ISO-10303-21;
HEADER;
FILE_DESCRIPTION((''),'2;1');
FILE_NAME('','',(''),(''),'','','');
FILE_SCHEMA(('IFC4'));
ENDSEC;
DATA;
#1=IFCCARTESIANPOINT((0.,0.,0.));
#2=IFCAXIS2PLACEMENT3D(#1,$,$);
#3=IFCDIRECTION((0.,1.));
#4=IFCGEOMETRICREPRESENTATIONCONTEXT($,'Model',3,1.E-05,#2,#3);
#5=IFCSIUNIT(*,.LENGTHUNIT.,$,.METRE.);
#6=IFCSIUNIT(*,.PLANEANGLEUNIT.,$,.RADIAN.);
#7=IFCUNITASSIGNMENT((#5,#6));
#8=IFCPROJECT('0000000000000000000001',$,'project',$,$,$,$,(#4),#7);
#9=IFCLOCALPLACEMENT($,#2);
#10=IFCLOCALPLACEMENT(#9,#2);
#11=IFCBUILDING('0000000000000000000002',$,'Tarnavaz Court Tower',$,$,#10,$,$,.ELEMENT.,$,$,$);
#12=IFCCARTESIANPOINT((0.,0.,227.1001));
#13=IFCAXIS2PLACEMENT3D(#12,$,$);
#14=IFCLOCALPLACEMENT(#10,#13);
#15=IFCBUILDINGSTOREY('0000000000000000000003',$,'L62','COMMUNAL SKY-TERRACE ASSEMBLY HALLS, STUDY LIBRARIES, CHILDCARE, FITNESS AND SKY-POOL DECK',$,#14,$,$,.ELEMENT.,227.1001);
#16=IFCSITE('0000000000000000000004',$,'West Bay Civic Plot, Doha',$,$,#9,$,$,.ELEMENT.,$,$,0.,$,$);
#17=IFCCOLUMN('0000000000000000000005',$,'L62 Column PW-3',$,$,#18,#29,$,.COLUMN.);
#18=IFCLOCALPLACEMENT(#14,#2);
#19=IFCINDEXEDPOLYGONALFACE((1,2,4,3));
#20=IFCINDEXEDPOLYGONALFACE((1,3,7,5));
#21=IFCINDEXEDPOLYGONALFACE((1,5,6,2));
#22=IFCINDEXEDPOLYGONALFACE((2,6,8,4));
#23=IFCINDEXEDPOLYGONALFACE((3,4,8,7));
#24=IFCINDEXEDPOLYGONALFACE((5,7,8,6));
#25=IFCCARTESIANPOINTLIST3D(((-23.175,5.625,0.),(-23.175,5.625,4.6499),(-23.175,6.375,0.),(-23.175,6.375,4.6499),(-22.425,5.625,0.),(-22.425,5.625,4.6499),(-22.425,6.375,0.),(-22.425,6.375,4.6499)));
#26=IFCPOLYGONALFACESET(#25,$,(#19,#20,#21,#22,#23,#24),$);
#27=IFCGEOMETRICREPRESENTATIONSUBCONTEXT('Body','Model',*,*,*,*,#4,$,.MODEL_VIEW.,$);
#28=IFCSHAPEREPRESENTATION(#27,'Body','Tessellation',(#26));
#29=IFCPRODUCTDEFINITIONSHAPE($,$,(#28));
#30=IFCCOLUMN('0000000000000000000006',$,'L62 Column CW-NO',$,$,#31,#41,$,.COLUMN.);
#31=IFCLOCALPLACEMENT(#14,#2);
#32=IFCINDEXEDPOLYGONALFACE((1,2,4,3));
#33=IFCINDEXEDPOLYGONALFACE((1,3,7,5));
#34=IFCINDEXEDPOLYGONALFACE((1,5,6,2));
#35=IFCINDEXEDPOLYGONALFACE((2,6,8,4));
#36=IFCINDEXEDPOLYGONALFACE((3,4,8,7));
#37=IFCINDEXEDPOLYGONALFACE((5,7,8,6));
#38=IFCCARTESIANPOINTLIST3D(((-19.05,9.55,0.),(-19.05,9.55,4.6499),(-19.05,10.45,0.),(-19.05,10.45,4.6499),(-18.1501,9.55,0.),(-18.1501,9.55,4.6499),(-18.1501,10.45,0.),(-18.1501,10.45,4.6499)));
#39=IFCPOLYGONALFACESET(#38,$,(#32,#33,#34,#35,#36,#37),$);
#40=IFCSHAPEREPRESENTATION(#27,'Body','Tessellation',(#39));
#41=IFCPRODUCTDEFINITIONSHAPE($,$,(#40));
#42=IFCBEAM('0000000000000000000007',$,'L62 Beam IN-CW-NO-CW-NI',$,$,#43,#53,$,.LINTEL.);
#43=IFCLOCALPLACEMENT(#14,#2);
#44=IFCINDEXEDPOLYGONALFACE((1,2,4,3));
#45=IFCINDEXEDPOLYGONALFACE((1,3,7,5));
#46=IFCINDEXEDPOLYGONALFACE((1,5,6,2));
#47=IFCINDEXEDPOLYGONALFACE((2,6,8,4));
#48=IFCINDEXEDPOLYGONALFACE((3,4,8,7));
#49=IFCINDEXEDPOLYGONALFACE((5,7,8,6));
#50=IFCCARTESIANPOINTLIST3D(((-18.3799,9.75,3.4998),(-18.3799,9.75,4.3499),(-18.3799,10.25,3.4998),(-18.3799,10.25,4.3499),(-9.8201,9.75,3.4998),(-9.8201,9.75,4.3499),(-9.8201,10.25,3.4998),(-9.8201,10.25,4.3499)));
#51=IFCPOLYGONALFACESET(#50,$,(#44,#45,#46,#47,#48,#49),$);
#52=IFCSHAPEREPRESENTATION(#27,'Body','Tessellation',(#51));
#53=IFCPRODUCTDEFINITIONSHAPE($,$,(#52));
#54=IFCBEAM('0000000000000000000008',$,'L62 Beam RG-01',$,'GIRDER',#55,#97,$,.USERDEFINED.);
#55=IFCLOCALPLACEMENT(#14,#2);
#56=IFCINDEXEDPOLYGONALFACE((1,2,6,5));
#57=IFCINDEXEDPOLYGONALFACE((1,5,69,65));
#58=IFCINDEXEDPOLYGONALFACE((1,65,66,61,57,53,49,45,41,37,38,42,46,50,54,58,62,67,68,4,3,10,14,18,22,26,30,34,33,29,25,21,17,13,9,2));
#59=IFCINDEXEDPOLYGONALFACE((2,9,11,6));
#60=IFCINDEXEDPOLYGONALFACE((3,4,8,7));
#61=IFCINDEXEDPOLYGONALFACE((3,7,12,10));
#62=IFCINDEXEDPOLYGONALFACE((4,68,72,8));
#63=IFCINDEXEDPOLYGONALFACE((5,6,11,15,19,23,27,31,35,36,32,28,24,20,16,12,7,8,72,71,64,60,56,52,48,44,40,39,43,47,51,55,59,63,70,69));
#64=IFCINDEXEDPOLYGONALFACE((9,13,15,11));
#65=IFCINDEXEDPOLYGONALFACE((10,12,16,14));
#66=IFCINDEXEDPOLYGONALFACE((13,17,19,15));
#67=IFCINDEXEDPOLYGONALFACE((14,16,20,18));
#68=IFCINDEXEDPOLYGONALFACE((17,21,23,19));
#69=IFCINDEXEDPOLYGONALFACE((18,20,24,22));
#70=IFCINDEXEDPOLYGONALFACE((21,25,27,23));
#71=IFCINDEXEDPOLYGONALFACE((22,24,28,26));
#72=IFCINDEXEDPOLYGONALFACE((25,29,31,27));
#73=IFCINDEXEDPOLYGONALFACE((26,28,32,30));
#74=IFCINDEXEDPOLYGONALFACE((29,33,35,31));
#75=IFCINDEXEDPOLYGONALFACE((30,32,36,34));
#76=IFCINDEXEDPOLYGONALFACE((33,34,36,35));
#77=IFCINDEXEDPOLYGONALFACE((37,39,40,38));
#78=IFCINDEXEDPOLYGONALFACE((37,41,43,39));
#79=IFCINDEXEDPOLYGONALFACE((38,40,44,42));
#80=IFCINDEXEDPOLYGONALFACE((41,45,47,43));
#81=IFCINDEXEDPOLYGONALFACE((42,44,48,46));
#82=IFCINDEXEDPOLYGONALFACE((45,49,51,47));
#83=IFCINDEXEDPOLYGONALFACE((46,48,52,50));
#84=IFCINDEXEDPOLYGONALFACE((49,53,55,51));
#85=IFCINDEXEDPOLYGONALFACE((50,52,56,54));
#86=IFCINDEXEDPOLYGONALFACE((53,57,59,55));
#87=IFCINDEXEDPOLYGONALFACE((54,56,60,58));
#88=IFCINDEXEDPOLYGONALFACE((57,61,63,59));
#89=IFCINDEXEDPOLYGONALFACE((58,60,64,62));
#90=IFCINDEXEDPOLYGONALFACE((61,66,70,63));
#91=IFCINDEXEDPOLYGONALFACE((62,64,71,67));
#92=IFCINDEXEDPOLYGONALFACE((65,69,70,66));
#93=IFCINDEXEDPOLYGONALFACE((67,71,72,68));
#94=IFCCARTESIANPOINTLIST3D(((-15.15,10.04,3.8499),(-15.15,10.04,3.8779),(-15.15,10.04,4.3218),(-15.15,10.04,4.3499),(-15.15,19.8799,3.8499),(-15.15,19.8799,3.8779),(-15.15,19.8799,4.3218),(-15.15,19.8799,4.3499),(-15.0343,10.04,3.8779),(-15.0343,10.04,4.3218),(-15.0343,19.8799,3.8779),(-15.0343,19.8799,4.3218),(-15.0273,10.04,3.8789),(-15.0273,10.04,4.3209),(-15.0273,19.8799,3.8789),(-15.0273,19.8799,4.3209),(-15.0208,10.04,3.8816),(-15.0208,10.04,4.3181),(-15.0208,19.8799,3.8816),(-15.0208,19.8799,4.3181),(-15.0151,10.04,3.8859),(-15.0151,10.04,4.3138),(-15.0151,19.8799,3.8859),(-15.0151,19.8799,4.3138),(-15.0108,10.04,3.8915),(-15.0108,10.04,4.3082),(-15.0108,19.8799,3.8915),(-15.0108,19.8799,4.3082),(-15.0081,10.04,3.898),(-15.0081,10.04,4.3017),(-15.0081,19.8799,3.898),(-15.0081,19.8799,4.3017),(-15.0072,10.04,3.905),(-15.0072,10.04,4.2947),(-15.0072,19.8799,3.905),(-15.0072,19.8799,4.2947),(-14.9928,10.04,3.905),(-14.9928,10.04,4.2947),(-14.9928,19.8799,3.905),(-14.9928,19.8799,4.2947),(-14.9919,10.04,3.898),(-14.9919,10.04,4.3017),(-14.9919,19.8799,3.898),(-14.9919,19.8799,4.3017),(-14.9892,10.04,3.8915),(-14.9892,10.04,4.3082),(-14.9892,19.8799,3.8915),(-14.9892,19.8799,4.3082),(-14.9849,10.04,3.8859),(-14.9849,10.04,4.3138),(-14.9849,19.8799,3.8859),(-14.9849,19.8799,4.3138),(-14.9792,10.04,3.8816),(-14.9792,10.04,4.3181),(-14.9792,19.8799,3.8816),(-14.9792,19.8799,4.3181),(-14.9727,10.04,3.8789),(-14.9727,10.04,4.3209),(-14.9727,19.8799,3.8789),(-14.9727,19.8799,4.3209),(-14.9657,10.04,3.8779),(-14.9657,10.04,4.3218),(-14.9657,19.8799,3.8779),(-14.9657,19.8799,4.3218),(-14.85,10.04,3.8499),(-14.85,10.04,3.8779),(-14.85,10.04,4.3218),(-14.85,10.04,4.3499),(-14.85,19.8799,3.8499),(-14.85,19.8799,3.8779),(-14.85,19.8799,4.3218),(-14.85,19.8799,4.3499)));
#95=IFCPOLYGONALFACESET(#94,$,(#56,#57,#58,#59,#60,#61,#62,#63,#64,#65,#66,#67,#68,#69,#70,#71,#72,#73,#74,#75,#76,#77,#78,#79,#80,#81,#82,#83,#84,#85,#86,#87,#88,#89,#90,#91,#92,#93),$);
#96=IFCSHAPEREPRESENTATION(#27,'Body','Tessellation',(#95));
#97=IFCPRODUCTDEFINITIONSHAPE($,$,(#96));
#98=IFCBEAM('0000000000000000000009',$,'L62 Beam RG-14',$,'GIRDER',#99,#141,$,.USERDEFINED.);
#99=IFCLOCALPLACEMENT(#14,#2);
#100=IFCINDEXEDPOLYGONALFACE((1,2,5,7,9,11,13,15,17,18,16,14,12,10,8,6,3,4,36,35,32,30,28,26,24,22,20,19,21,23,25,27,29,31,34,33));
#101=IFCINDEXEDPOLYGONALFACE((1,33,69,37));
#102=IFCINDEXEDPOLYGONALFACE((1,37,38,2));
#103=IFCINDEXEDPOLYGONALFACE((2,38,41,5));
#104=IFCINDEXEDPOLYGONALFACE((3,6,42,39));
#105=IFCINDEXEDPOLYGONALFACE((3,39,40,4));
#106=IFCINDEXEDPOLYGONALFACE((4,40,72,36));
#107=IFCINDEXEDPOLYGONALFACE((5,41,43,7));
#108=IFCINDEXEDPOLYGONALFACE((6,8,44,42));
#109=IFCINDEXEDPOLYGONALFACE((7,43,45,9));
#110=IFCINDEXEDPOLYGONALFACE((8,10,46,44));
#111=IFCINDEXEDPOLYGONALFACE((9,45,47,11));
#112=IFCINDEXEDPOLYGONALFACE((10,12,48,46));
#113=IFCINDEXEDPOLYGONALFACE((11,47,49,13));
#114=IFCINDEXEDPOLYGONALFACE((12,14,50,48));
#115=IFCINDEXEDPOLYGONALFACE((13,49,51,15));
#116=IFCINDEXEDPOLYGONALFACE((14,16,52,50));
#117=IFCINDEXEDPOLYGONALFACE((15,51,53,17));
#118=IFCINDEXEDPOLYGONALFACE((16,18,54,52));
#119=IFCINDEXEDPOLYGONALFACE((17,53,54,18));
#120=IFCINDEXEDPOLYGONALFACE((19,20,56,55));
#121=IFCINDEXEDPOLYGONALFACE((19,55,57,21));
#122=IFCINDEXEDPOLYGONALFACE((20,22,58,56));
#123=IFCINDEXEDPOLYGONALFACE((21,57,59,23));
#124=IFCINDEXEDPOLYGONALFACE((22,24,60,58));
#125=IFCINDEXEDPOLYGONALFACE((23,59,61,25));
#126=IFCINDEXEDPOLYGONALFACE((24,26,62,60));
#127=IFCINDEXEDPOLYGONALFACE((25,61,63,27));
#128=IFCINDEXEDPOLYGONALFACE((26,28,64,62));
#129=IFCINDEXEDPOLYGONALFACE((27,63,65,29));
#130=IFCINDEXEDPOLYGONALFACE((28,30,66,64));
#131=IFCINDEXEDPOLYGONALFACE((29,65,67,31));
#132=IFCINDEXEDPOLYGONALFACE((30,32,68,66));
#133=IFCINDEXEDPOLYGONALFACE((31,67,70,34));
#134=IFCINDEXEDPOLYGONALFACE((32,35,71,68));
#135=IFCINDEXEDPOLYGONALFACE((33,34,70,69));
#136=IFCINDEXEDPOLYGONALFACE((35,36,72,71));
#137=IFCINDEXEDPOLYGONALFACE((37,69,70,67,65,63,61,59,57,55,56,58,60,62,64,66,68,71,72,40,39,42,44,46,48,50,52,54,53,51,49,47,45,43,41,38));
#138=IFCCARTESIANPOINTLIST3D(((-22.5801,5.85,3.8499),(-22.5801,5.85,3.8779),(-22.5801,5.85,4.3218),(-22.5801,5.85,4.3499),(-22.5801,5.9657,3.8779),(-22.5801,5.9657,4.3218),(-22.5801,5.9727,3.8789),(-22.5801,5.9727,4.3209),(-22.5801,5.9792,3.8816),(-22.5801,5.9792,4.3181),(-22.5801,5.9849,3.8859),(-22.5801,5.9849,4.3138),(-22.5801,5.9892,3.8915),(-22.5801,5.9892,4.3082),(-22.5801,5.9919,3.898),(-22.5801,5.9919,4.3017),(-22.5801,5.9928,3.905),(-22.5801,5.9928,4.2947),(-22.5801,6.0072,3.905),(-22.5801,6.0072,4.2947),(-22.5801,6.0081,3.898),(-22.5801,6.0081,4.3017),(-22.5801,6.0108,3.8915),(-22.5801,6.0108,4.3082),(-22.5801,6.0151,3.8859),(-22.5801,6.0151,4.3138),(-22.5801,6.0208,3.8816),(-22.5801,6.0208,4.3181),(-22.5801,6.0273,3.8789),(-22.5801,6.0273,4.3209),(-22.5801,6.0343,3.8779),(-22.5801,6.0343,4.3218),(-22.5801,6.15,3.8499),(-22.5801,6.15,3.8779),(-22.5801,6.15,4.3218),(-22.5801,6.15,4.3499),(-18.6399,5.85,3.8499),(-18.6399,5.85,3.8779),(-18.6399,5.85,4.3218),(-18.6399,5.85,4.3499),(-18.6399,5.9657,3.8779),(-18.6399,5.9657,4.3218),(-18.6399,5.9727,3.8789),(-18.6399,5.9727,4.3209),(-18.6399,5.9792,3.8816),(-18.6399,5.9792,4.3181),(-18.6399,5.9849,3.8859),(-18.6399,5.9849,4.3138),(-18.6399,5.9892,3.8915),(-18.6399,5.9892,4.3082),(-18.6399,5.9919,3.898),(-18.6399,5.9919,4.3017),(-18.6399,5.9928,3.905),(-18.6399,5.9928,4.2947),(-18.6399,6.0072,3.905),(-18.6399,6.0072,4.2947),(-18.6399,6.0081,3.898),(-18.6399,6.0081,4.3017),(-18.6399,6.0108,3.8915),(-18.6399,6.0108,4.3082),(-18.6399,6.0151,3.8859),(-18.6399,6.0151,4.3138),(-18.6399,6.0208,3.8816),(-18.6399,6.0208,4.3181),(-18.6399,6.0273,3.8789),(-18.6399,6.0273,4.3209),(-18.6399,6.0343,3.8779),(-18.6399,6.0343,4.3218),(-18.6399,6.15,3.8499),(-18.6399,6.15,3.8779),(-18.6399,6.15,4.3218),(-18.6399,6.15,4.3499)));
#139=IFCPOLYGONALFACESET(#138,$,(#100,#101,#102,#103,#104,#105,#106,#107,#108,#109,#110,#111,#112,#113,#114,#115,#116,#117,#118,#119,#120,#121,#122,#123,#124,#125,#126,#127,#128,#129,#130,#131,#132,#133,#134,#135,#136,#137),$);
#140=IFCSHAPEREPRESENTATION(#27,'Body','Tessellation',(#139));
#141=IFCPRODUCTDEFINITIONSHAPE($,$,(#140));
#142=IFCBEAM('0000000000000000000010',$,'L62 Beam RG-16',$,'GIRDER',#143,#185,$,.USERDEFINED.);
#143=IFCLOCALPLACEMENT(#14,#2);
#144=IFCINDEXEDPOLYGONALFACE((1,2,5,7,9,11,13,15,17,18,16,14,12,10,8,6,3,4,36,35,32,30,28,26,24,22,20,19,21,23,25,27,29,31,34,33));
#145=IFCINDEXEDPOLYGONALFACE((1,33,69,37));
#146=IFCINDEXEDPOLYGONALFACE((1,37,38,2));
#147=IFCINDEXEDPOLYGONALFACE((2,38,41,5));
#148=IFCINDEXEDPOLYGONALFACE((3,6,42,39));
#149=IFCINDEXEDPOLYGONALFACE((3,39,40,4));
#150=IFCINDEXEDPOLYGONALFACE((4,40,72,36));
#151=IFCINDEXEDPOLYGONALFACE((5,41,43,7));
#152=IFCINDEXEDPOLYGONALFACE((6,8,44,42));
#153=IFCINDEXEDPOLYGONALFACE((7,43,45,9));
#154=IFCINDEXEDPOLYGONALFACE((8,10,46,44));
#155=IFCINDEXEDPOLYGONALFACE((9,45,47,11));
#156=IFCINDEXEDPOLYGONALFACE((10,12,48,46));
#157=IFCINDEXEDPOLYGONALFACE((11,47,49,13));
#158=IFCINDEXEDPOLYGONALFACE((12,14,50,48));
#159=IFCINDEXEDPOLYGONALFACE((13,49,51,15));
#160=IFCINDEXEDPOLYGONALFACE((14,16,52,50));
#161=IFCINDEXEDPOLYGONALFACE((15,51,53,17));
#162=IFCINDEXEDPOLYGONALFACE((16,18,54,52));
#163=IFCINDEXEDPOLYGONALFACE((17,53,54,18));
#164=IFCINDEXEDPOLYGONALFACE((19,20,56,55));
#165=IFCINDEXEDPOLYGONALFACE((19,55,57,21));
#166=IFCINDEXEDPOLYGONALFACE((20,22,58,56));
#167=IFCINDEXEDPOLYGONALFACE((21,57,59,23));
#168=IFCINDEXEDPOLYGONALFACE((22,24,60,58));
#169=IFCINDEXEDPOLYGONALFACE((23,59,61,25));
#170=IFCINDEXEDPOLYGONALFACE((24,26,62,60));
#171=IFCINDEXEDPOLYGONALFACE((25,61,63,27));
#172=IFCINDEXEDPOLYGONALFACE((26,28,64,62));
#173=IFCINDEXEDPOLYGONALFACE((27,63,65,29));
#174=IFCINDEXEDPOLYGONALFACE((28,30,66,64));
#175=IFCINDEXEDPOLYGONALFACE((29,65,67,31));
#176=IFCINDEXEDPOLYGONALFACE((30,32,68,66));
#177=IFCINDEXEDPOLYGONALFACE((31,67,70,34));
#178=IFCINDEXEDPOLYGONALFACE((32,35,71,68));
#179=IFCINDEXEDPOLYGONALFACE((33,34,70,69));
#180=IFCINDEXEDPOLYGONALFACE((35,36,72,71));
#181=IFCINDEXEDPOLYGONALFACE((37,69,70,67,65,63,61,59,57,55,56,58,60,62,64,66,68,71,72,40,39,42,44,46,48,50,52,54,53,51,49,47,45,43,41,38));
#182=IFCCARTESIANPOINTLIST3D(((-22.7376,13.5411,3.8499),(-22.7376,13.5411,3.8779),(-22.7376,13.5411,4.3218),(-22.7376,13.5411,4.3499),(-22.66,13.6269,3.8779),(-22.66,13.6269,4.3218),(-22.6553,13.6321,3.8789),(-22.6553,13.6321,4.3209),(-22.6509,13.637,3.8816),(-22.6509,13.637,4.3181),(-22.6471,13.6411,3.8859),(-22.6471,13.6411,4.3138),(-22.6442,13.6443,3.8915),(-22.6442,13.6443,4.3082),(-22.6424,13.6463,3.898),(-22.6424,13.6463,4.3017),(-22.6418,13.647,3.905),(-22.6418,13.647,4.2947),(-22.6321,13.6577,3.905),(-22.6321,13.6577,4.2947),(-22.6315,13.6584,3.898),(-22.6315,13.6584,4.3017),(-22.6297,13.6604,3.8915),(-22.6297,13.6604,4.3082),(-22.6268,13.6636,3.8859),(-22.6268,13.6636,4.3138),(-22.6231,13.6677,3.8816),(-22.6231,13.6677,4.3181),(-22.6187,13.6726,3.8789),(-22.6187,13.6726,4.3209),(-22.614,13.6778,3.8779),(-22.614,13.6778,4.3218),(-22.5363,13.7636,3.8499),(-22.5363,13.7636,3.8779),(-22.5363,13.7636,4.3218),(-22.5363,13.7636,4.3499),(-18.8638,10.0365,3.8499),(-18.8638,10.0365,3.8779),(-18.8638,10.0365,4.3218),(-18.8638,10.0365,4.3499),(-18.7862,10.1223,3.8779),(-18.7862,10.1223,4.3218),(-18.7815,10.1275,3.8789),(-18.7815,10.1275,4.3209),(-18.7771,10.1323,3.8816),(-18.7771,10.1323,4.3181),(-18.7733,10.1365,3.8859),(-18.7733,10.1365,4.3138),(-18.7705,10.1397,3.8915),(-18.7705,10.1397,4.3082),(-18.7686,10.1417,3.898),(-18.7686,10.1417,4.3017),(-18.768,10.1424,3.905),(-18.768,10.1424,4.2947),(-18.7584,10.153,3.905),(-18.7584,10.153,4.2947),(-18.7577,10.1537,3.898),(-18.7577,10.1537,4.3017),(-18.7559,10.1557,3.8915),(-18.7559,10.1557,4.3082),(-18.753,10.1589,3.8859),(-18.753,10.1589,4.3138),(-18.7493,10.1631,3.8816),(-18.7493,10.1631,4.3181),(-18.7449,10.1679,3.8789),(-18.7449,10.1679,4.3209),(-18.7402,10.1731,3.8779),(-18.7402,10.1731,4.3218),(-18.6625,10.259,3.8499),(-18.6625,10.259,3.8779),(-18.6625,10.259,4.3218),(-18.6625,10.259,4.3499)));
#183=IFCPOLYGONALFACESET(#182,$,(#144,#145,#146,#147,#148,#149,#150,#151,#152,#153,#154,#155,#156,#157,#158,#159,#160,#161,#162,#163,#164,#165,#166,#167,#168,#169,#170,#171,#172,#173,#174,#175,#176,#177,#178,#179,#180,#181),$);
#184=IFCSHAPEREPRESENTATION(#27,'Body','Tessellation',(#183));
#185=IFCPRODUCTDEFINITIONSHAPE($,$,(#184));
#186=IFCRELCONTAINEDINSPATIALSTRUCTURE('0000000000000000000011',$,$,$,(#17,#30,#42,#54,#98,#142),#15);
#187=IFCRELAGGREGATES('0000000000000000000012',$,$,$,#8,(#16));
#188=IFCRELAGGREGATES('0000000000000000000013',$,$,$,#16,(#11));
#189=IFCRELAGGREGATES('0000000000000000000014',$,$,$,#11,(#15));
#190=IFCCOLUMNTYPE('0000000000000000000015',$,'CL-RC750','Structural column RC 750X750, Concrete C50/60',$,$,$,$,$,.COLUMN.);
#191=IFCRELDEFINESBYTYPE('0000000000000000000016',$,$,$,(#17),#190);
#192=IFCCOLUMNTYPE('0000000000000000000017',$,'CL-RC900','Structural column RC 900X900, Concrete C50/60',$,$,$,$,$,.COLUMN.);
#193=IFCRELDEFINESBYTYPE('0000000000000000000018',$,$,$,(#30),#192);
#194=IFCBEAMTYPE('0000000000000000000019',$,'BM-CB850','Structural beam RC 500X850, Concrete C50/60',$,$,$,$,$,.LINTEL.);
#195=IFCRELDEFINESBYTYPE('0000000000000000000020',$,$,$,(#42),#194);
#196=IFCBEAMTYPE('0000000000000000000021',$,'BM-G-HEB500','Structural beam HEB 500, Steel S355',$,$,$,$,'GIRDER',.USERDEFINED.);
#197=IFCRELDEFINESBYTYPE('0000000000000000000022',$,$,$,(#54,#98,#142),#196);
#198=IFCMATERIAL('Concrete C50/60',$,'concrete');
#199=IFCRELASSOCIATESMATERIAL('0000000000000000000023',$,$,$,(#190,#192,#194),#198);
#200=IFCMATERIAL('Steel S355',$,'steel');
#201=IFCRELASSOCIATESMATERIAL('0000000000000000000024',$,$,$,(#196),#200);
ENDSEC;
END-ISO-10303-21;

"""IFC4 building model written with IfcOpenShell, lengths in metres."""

from ifc_helpers import new_model, si_unit, direction, frame, origin, origin_2d, place, context, subcontext, project, spatial, rectangle, i_section, extrude, material, material_profile, profile_set, type_object, element, save


model = new_model("IFC4")

# Units and contexts
model_context = context("Model", 3, precision=1e-05, world=origin(), true_north=direction((0.0, 1.0)))
body_context = subcontext(model_context, "Body", "Model", "MODEL_VIEW")
ifc_project = project(units=[si_unit("LENGTHUNIT", "METRE"), si_unit("PLANEANGLEUNIT", "RADIAN")], contexts=[model_context])

# Site, building, storey
site_placement = place(None, origin())
site = spatial("IfcSite", under=ifc_project, at=site_placement, Name="West Bay Civic Plot, Doha", CompositionType="ELEMENT", RefElevation=0.0)
building_placement = place(site_placement, origin())
building = spatial("IfcBuilding", under=site, at=building_placement, Name="Tarnavaz Court Tower", CompositionType="ELEMENT")
storey_placement = place(building_placement, frame((0.0, 0.0, 227.1001)))
storey = spatial("IfcBuildingStorey", under=building, at=storey_placement, Name="L62", Description="COMMUNAL SKY-TERRACE ASSEMBLY HALLS, STUDY LIBRARIES, CHILDCARE, FITNESS AND SKY-POOL DECK", CompositionType="ELEMENT", Elevation=227.1001)

# Columns
ifc_material_1 = material(Name="Concrete C50/60", Category="concrete")
ifc_material_profile_1 = material_profile(ifc_material_1, rectangle(XDim=0.75, YDim=0.75, at=origin_2d()), Name="RC 750X750")
ifc_profile_set_1 = profile_set([ifc_material_profile_1], Name="Concrete C50/60")
column_type_1 = type_object("IfcColumnType", Name="CL-RC750", Description="Structural column RC 750X750, Concrete C50/60", PredefinedType="COLUMN", material=ifc_profile_set_1)
column_1_placement = place(storey_placement, frame((-22.8, 6.0, 0.0), z_axis=(0.0, 0.0, 1.0), x_axis=(1.0, 0.0, 0.0)))
element("IfcColumn", 1, at=column_1_placement, inside=storey, type_object=column_type_1, Name="L62 Column PW-3", PredefinedType="COLUMN", context=body_context, shape_type="SweptSolid", body=[
    extrude(rectangle(XDim=0.75, YDim=0.75, at=origin_2d()), origin(), (0.0, 0.0, 1.0), 4.6499),
])
ifc_material_profile_2 = material_profile(ifc_material_1, rectangle(XDim=0.8999, YDim=0.8999, at=origin_2d()), Name="RC 900X900")
ifc_profile_set_2 = profile_set([ifc_material_profile_2], Name="Concrete C50/60")
column_type_2 = type_object("IfcColumnType", Name="CL-RC900", Description="Structural column RC 900X900, Concrete C50/60", PredefinedType="COLUMN", material=ifc_profile_set_2)
column_2_placement = place(storey_placement, frame((-18.6001, 10.0, 0.0), z_axis=(0.0, 0.0, 1.0), x_axis=(1.0, 0.0, 0.0)))
element("IfcColumn", 2, at=column_2_placement, inside=storey, type_object=column_type_2, Name="L62 Column CW-NO", PredefinedType="COLUMN", context=body_context, shape_type="SweptSolid", body=[
    extrude(rectangle(XDim=0.8999, YDim=0.8999, at=origin_2d()), origin(), (0.0, 0.0, 1.0), 4.6499),
])

# Beams
ifc_material_profile_3 = material_profile(ifc_material_1, rectangle(XDim=0.5, YDim=0.8501, at=origin_2d()), Name="RC 500X850")
ifc_profile_set_3 = profile_set([ifc_material_profile_3], Name="Concrete C50/60")
beam_type_1 = type_object("IfcBeamType", Name="BM-CB850", Description="Structural beam RC 500X850, Concrete C50/60", PredefinedType="LINTEL", material=ifc_profile_set_3)
beam_1_placement = place(storey_placement, frame((-18.3799, 10.0, 3.9248), z_axis=(1.0, 0.0, 0.0), x_axis=(0.0, 1.0, 0.0)))
element("IfcBeam", 3, at=beam_1_placement, inside=storey, type_object=beam_type_1, Name="L62 Beam IN-CW-NO-CW-NI", PredefinedType="LINTEL", context=body_context, shape_type="SweptSolid", body=[
    extrude(rectangle(XDim=0.5, YDim=0.8501, at=origin_2d()), origin(), (0.0, 0.0, 1.0), 8.5598),
])
ifc_material_2 = material(Name="Steel S355", Category="steel")
ifc_material_profile_4 = material_profile(ifc_material_2, i_section(OverallWidth=0.3, OverallDepth=0.5, WebThickness=0.0144, FlangeThickness=0.0281, FilletRadius=0.0271, at=origin_2d()), Name="HEB 500")
ifc_profile_set_4 = profile_set([ifc_material_profile_4], Name="Steel S355")
beam_type_2 = type_object("IfcBeamType", Name="BM-G-HEB500", Description="Structural beam HEB 500, Steel S355", ElementType="GIRDER", PredefinedType="USERDEFINED", material=ifc_profile_set_4)
beam_2_placement = place(storey_placement, frame((-15.0, 10.04, 4.0999), z_axis=(0.0, 1.0, 0.0), x_axis=(-1.0, 0.0, 0.0)))
element("IfcBeam", 4, at=beam_2_placement, inside=storey, type_object=beam_type_2, Name="L62 Beam RG-01", ObjectType="GIRDER", PredefinedType="USERDEFINED", context=body_context, shape_type="SweptSolid", body=[
    extrude(i_section(OverallWidth=0.3, OverallDepth=0.5, WebThickness=0.0144, FlangeThickness=0.0281, FilletRadius=0.0271, at=origin_2d()), origin(), (0.0, 0.0, 1.0), 9.8398),
])
beam_3_placement = place(storey_placement, frame((-18.6399, 6.0, 4.0999), z_axis=(-1.0, 0.0, 0.0), x_axis=(0.0, -1.0, 0.0)))
element("IfcBeam", 5, at=beam_3_placement, inside=storey, type_object=beam_type_2, Name="L62 Beam RG-14", ObjectType="GIRDER", PredefinedType="USERDEFINED", context=body_context, shape_type="SweptSolid", body=[
    extrude(i_section(OverallWidth=0.3, OverallDepth=0.5, WebThickness=0.0144, FlangeThickness=0.0281, FilletRadius=0.0271, at=origin_2d()), origin(), (0.0, 0.0, 1.0), 3.9402),
])
beam_4_placement = place(storey_placement, frame((-18.7632, 10.1477, 4.0999), z_axis=(-0.741556, 0.670891, 0.0), x_axis=(-0.670891, -0.741556, 0.0)))
element("IfcBeam", 6, at=beam_4_placement, inside=storey, type_object=beam_type_2, Name="L62 Beam RG-16", ObjectType="GIRDER", PredefinedType="USERDEFINED", context=body_context, shape_type="SweptSolid", body=[
    extrude(i_section(OverallWidth=0.3, OverallDepth=0.5, WebThickness=0.0144, FlangeThickness=0.0281, FilletRadius=0.0271, at=origin_2d()), origin(), (0.0, 0.0, 1.0), 5.2239),
])

save(model, "model.ifc")
